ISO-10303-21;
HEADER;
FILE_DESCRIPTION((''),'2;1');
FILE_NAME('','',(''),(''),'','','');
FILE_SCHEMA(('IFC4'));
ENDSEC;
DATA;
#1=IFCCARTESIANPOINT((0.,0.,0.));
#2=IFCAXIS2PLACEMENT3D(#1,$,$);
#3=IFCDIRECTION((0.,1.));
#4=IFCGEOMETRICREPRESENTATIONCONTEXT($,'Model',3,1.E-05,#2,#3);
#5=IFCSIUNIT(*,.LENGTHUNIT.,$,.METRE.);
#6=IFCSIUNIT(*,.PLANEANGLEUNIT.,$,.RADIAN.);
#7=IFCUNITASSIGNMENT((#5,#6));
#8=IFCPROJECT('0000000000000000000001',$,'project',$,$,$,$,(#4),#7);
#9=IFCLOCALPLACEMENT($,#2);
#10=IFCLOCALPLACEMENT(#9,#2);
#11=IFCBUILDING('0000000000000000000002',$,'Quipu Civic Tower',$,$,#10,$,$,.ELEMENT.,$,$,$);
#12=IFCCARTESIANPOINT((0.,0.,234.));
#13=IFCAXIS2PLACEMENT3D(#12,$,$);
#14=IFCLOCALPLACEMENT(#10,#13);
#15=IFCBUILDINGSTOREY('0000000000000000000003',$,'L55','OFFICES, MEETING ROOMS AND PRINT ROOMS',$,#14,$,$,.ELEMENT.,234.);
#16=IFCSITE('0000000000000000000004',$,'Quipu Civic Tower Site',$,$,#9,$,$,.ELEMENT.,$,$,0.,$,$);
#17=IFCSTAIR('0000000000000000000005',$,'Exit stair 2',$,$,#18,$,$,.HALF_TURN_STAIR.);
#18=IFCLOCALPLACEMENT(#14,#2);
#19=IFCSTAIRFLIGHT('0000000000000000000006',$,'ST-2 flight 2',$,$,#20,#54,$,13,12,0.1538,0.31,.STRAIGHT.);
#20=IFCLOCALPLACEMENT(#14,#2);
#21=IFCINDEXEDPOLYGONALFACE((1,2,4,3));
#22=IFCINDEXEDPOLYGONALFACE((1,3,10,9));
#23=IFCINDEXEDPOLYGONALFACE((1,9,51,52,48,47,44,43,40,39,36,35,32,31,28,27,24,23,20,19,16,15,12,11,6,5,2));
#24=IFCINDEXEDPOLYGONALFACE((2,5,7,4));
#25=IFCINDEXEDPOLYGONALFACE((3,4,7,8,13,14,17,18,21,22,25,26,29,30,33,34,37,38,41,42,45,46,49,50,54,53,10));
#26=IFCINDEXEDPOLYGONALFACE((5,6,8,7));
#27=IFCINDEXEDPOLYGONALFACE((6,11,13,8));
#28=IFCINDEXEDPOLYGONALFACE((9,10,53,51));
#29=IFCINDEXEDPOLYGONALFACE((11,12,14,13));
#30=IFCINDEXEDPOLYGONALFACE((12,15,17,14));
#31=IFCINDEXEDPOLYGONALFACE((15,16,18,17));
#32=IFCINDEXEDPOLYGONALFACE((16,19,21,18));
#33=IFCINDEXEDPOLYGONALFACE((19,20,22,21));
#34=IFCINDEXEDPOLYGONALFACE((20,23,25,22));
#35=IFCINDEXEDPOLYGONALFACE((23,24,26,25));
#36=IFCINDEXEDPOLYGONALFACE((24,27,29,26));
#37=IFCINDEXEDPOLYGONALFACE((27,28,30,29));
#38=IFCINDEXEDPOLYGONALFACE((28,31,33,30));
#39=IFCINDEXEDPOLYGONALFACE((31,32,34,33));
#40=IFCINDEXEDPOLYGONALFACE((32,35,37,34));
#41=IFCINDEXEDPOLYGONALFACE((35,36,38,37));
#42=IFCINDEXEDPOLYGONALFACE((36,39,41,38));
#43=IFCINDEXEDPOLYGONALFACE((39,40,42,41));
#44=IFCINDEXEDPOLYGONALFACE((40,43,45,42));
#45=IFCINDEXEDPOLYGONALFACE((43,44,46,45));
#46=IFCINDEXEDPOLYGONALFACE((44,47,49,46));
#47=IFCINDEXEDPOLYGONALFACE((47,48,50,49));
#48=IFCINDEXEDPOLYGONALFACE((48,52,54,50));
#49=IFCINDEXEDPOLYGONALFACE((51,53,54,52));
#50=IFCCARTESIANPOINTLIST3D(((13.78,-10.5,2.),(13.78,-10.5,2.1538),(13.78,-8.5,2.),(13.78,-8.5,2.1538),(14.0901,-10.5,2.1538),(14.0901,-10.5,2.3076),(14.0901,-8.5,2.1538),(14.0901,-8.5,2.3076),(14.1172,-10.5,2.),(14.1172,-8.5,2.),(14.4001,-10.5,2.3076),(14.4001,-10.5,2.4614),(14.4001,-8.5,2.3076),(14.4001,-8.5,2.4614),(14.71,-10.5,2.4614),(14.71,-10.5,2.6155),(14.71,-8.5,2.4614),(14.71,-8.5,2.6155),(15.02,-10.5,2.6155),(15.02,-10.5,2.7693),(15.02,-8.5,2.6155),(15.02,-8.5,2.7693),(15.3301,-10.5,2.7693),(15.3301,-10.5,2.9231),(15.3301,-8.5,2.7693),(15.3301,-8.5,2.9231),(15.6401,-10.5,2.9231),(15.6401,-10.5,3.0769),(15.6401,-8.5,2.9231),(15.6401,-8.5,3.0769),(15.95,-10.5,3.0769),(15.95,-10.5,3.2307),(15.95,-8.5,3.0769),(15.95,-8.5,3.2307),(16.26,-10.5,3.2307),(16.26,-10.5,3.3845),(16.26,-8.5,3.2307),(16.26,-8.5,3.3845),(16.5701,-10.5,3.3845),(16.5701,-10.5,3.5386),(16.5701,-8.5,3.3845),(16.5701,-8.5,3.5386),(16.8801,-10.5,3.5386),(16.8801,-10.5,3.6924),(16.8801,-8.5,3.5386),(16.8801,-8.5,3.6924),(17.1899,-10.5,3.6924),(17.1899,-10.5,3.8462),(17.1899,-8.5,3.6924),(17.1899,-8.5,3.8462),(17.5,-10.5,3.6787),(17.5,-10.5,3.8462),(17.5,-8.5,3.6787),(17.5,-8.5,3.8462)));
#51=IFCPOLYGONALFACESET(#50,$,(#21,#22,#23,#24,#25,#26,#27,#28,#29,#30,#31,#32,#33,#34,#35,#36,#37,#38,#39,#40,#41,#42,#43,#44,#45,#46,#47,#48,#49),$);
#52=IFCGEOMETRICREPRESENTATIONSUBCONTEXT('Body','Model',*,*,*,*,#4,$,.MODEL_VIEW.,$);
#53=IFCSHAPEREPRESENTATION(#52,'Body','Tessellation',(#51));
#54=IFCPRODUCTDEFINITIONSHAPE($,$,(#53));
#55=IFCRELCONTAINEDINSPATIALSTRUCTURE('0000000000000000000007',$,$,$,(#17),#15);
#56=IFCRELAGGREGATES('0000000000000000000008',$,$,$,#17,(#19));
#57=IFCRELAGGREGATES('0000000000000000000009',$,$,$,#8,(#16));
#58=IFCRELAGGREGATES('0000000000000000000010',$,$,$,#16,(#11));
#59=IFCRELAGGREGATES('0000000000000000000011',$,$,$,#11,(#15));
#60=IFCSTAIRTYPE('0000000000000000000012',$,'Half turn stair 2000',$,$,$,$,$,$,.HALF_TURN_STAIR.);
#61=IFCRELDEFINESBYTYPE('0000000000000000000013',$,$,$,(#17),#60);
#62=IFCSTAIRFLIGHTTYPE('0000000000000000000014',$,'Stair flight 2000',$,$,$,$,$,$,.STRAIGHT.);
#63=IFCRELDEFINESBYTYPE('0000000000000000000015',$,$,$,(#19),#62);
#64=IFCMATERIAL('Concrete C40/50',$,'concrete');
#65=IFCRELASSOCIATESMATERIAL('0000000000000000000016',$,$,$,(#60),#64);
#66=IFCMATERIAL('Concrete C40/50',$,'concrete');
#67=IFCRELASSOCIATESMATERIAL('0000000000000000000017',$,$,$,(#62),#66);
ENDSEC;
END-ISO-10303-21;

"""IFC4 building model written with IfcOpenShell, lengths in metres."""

from ifc_helpers import new_model, si_unit, direction, frame, origin, place, context, subcontext, project, spatial, polyline, outline, extrude, material, type_object, element, aggregate, save


model = new_model("IFC4")

# Units and contexts
model_context = context("Model", 3, precision=1e-05, world=origin(), true_north=direction((0.0, 1.0)))
body_context = subcontext(model_context, "Body", "Model", "MODEL_VIEW")
ifc_project = project(units=[si_unit("LENGTHUNIT", "METRE"), si_unit("PLANEANGLEUNIT", "RADIAN")], contexts=[model_context])

# Site, building, storey
site_placement = place(None, origin())
site = spatial("IfcSite", under=ifc_project, at=site_placement, Name="Quipu Civic Tower Site", CompositionType="ELEMENT", RefElevation=0.0)
building_placement = place(site_placement, origin())
building = spatial("IfcBuilding", under=site, at=building_placement, Name="Quipu Civic Tower", CompositionType="ELEMENT")
storey_placement = place(building_placement, frame((0.0, 0.0, 234.0)))
storey = spatial("IfcBuildingStorey", under=building, at=storey_placement, Name="L55", Description="OFFICES, MEETING ROOMS AND PRINT ROOMS", CompositionType="ELEMENT", Elevation=234.0)

# Stair, stair flight
ifc_material_1 = material(Name="Concrete C40/50", Category="concrete")
stair_type = type_object("IfcStairType", Name="Half turn stair 2000", PredefinedType="HALF_TURN_STAIR", material=ifc_material_1)
stair_placement = place(storey_placement, origin())
stair = element("IfcStair", 1, at=stair_placement, inside=storey, type_object=stair_type, Name="Exit stair 2", PredefinedType="HALF_TURN_STAIR")
ifc_material_2 = material(Name="Concrete C40/50", Category="concrete")
stair_flight_type = type_object("IfcStairFlightType", Name="Stair flight 2000", PredefinedType="STRAIGHT", material=ifc_material_2)
stair_flight_1_placement = place(storey_placement, frame((13.78, -9.5, 2.0), z_axis=(0.0, 0.0, 1.0), x_axis=(1.0, 0.0, 0.0)))
stair_flight_1 = element("IfcStairFlight", 2, at=stair_flight_1_placement, type_object=stair_flight_type, Name="ST-2 flight 2", NumberOfRisers=13, NumberOfTreads=12, PredefinedType="STRAIGHT", RiserHeight=0.1538, TreadLength=0.31, context=body_context, shape_type="SweptSolid", body=[
    extrude(outline(polyline([(0.0, 0.0), (0.0, 0.1538), (0.3101, 0.1538), (0.3101, 0.3076), (0.6201, 0.3076), (0.6201, 0.4614), (0.9299, 0.4614), (0.9299, 0.6155), (1.24, 0.6155), (1.24, 0.7693), (1.55, 0.7693), (1.55, 0.9231), (1.8601, 0.9231), (1.8601, 1.0769), (2.1699, 1.0769), (2.1699, 1.2307), (2.48, 1.2307), (2.48, 1.3845), (2.79, 1.3845), (2.79, 1.5386), (3.1001, 1.5386), (3.1001, 1.6924), (3.4099, 1.6924), (3.4099, 1.8462), (3.72, 1.8462), (3.72, 2.0), (3.72, 1.6787), (0.3372, 0.0), (0.0, 0.0)])), frame((0.0, 1.0, 0.0), z_axis=(0.0, -1.0, 0.0), x_axis=(1.0, 0.0, 0.0)), (0.0, 0.0, 1.0), 2.0),
])
aggregate(stair, [stair_flight_1])

save(model, "model.ifc")
